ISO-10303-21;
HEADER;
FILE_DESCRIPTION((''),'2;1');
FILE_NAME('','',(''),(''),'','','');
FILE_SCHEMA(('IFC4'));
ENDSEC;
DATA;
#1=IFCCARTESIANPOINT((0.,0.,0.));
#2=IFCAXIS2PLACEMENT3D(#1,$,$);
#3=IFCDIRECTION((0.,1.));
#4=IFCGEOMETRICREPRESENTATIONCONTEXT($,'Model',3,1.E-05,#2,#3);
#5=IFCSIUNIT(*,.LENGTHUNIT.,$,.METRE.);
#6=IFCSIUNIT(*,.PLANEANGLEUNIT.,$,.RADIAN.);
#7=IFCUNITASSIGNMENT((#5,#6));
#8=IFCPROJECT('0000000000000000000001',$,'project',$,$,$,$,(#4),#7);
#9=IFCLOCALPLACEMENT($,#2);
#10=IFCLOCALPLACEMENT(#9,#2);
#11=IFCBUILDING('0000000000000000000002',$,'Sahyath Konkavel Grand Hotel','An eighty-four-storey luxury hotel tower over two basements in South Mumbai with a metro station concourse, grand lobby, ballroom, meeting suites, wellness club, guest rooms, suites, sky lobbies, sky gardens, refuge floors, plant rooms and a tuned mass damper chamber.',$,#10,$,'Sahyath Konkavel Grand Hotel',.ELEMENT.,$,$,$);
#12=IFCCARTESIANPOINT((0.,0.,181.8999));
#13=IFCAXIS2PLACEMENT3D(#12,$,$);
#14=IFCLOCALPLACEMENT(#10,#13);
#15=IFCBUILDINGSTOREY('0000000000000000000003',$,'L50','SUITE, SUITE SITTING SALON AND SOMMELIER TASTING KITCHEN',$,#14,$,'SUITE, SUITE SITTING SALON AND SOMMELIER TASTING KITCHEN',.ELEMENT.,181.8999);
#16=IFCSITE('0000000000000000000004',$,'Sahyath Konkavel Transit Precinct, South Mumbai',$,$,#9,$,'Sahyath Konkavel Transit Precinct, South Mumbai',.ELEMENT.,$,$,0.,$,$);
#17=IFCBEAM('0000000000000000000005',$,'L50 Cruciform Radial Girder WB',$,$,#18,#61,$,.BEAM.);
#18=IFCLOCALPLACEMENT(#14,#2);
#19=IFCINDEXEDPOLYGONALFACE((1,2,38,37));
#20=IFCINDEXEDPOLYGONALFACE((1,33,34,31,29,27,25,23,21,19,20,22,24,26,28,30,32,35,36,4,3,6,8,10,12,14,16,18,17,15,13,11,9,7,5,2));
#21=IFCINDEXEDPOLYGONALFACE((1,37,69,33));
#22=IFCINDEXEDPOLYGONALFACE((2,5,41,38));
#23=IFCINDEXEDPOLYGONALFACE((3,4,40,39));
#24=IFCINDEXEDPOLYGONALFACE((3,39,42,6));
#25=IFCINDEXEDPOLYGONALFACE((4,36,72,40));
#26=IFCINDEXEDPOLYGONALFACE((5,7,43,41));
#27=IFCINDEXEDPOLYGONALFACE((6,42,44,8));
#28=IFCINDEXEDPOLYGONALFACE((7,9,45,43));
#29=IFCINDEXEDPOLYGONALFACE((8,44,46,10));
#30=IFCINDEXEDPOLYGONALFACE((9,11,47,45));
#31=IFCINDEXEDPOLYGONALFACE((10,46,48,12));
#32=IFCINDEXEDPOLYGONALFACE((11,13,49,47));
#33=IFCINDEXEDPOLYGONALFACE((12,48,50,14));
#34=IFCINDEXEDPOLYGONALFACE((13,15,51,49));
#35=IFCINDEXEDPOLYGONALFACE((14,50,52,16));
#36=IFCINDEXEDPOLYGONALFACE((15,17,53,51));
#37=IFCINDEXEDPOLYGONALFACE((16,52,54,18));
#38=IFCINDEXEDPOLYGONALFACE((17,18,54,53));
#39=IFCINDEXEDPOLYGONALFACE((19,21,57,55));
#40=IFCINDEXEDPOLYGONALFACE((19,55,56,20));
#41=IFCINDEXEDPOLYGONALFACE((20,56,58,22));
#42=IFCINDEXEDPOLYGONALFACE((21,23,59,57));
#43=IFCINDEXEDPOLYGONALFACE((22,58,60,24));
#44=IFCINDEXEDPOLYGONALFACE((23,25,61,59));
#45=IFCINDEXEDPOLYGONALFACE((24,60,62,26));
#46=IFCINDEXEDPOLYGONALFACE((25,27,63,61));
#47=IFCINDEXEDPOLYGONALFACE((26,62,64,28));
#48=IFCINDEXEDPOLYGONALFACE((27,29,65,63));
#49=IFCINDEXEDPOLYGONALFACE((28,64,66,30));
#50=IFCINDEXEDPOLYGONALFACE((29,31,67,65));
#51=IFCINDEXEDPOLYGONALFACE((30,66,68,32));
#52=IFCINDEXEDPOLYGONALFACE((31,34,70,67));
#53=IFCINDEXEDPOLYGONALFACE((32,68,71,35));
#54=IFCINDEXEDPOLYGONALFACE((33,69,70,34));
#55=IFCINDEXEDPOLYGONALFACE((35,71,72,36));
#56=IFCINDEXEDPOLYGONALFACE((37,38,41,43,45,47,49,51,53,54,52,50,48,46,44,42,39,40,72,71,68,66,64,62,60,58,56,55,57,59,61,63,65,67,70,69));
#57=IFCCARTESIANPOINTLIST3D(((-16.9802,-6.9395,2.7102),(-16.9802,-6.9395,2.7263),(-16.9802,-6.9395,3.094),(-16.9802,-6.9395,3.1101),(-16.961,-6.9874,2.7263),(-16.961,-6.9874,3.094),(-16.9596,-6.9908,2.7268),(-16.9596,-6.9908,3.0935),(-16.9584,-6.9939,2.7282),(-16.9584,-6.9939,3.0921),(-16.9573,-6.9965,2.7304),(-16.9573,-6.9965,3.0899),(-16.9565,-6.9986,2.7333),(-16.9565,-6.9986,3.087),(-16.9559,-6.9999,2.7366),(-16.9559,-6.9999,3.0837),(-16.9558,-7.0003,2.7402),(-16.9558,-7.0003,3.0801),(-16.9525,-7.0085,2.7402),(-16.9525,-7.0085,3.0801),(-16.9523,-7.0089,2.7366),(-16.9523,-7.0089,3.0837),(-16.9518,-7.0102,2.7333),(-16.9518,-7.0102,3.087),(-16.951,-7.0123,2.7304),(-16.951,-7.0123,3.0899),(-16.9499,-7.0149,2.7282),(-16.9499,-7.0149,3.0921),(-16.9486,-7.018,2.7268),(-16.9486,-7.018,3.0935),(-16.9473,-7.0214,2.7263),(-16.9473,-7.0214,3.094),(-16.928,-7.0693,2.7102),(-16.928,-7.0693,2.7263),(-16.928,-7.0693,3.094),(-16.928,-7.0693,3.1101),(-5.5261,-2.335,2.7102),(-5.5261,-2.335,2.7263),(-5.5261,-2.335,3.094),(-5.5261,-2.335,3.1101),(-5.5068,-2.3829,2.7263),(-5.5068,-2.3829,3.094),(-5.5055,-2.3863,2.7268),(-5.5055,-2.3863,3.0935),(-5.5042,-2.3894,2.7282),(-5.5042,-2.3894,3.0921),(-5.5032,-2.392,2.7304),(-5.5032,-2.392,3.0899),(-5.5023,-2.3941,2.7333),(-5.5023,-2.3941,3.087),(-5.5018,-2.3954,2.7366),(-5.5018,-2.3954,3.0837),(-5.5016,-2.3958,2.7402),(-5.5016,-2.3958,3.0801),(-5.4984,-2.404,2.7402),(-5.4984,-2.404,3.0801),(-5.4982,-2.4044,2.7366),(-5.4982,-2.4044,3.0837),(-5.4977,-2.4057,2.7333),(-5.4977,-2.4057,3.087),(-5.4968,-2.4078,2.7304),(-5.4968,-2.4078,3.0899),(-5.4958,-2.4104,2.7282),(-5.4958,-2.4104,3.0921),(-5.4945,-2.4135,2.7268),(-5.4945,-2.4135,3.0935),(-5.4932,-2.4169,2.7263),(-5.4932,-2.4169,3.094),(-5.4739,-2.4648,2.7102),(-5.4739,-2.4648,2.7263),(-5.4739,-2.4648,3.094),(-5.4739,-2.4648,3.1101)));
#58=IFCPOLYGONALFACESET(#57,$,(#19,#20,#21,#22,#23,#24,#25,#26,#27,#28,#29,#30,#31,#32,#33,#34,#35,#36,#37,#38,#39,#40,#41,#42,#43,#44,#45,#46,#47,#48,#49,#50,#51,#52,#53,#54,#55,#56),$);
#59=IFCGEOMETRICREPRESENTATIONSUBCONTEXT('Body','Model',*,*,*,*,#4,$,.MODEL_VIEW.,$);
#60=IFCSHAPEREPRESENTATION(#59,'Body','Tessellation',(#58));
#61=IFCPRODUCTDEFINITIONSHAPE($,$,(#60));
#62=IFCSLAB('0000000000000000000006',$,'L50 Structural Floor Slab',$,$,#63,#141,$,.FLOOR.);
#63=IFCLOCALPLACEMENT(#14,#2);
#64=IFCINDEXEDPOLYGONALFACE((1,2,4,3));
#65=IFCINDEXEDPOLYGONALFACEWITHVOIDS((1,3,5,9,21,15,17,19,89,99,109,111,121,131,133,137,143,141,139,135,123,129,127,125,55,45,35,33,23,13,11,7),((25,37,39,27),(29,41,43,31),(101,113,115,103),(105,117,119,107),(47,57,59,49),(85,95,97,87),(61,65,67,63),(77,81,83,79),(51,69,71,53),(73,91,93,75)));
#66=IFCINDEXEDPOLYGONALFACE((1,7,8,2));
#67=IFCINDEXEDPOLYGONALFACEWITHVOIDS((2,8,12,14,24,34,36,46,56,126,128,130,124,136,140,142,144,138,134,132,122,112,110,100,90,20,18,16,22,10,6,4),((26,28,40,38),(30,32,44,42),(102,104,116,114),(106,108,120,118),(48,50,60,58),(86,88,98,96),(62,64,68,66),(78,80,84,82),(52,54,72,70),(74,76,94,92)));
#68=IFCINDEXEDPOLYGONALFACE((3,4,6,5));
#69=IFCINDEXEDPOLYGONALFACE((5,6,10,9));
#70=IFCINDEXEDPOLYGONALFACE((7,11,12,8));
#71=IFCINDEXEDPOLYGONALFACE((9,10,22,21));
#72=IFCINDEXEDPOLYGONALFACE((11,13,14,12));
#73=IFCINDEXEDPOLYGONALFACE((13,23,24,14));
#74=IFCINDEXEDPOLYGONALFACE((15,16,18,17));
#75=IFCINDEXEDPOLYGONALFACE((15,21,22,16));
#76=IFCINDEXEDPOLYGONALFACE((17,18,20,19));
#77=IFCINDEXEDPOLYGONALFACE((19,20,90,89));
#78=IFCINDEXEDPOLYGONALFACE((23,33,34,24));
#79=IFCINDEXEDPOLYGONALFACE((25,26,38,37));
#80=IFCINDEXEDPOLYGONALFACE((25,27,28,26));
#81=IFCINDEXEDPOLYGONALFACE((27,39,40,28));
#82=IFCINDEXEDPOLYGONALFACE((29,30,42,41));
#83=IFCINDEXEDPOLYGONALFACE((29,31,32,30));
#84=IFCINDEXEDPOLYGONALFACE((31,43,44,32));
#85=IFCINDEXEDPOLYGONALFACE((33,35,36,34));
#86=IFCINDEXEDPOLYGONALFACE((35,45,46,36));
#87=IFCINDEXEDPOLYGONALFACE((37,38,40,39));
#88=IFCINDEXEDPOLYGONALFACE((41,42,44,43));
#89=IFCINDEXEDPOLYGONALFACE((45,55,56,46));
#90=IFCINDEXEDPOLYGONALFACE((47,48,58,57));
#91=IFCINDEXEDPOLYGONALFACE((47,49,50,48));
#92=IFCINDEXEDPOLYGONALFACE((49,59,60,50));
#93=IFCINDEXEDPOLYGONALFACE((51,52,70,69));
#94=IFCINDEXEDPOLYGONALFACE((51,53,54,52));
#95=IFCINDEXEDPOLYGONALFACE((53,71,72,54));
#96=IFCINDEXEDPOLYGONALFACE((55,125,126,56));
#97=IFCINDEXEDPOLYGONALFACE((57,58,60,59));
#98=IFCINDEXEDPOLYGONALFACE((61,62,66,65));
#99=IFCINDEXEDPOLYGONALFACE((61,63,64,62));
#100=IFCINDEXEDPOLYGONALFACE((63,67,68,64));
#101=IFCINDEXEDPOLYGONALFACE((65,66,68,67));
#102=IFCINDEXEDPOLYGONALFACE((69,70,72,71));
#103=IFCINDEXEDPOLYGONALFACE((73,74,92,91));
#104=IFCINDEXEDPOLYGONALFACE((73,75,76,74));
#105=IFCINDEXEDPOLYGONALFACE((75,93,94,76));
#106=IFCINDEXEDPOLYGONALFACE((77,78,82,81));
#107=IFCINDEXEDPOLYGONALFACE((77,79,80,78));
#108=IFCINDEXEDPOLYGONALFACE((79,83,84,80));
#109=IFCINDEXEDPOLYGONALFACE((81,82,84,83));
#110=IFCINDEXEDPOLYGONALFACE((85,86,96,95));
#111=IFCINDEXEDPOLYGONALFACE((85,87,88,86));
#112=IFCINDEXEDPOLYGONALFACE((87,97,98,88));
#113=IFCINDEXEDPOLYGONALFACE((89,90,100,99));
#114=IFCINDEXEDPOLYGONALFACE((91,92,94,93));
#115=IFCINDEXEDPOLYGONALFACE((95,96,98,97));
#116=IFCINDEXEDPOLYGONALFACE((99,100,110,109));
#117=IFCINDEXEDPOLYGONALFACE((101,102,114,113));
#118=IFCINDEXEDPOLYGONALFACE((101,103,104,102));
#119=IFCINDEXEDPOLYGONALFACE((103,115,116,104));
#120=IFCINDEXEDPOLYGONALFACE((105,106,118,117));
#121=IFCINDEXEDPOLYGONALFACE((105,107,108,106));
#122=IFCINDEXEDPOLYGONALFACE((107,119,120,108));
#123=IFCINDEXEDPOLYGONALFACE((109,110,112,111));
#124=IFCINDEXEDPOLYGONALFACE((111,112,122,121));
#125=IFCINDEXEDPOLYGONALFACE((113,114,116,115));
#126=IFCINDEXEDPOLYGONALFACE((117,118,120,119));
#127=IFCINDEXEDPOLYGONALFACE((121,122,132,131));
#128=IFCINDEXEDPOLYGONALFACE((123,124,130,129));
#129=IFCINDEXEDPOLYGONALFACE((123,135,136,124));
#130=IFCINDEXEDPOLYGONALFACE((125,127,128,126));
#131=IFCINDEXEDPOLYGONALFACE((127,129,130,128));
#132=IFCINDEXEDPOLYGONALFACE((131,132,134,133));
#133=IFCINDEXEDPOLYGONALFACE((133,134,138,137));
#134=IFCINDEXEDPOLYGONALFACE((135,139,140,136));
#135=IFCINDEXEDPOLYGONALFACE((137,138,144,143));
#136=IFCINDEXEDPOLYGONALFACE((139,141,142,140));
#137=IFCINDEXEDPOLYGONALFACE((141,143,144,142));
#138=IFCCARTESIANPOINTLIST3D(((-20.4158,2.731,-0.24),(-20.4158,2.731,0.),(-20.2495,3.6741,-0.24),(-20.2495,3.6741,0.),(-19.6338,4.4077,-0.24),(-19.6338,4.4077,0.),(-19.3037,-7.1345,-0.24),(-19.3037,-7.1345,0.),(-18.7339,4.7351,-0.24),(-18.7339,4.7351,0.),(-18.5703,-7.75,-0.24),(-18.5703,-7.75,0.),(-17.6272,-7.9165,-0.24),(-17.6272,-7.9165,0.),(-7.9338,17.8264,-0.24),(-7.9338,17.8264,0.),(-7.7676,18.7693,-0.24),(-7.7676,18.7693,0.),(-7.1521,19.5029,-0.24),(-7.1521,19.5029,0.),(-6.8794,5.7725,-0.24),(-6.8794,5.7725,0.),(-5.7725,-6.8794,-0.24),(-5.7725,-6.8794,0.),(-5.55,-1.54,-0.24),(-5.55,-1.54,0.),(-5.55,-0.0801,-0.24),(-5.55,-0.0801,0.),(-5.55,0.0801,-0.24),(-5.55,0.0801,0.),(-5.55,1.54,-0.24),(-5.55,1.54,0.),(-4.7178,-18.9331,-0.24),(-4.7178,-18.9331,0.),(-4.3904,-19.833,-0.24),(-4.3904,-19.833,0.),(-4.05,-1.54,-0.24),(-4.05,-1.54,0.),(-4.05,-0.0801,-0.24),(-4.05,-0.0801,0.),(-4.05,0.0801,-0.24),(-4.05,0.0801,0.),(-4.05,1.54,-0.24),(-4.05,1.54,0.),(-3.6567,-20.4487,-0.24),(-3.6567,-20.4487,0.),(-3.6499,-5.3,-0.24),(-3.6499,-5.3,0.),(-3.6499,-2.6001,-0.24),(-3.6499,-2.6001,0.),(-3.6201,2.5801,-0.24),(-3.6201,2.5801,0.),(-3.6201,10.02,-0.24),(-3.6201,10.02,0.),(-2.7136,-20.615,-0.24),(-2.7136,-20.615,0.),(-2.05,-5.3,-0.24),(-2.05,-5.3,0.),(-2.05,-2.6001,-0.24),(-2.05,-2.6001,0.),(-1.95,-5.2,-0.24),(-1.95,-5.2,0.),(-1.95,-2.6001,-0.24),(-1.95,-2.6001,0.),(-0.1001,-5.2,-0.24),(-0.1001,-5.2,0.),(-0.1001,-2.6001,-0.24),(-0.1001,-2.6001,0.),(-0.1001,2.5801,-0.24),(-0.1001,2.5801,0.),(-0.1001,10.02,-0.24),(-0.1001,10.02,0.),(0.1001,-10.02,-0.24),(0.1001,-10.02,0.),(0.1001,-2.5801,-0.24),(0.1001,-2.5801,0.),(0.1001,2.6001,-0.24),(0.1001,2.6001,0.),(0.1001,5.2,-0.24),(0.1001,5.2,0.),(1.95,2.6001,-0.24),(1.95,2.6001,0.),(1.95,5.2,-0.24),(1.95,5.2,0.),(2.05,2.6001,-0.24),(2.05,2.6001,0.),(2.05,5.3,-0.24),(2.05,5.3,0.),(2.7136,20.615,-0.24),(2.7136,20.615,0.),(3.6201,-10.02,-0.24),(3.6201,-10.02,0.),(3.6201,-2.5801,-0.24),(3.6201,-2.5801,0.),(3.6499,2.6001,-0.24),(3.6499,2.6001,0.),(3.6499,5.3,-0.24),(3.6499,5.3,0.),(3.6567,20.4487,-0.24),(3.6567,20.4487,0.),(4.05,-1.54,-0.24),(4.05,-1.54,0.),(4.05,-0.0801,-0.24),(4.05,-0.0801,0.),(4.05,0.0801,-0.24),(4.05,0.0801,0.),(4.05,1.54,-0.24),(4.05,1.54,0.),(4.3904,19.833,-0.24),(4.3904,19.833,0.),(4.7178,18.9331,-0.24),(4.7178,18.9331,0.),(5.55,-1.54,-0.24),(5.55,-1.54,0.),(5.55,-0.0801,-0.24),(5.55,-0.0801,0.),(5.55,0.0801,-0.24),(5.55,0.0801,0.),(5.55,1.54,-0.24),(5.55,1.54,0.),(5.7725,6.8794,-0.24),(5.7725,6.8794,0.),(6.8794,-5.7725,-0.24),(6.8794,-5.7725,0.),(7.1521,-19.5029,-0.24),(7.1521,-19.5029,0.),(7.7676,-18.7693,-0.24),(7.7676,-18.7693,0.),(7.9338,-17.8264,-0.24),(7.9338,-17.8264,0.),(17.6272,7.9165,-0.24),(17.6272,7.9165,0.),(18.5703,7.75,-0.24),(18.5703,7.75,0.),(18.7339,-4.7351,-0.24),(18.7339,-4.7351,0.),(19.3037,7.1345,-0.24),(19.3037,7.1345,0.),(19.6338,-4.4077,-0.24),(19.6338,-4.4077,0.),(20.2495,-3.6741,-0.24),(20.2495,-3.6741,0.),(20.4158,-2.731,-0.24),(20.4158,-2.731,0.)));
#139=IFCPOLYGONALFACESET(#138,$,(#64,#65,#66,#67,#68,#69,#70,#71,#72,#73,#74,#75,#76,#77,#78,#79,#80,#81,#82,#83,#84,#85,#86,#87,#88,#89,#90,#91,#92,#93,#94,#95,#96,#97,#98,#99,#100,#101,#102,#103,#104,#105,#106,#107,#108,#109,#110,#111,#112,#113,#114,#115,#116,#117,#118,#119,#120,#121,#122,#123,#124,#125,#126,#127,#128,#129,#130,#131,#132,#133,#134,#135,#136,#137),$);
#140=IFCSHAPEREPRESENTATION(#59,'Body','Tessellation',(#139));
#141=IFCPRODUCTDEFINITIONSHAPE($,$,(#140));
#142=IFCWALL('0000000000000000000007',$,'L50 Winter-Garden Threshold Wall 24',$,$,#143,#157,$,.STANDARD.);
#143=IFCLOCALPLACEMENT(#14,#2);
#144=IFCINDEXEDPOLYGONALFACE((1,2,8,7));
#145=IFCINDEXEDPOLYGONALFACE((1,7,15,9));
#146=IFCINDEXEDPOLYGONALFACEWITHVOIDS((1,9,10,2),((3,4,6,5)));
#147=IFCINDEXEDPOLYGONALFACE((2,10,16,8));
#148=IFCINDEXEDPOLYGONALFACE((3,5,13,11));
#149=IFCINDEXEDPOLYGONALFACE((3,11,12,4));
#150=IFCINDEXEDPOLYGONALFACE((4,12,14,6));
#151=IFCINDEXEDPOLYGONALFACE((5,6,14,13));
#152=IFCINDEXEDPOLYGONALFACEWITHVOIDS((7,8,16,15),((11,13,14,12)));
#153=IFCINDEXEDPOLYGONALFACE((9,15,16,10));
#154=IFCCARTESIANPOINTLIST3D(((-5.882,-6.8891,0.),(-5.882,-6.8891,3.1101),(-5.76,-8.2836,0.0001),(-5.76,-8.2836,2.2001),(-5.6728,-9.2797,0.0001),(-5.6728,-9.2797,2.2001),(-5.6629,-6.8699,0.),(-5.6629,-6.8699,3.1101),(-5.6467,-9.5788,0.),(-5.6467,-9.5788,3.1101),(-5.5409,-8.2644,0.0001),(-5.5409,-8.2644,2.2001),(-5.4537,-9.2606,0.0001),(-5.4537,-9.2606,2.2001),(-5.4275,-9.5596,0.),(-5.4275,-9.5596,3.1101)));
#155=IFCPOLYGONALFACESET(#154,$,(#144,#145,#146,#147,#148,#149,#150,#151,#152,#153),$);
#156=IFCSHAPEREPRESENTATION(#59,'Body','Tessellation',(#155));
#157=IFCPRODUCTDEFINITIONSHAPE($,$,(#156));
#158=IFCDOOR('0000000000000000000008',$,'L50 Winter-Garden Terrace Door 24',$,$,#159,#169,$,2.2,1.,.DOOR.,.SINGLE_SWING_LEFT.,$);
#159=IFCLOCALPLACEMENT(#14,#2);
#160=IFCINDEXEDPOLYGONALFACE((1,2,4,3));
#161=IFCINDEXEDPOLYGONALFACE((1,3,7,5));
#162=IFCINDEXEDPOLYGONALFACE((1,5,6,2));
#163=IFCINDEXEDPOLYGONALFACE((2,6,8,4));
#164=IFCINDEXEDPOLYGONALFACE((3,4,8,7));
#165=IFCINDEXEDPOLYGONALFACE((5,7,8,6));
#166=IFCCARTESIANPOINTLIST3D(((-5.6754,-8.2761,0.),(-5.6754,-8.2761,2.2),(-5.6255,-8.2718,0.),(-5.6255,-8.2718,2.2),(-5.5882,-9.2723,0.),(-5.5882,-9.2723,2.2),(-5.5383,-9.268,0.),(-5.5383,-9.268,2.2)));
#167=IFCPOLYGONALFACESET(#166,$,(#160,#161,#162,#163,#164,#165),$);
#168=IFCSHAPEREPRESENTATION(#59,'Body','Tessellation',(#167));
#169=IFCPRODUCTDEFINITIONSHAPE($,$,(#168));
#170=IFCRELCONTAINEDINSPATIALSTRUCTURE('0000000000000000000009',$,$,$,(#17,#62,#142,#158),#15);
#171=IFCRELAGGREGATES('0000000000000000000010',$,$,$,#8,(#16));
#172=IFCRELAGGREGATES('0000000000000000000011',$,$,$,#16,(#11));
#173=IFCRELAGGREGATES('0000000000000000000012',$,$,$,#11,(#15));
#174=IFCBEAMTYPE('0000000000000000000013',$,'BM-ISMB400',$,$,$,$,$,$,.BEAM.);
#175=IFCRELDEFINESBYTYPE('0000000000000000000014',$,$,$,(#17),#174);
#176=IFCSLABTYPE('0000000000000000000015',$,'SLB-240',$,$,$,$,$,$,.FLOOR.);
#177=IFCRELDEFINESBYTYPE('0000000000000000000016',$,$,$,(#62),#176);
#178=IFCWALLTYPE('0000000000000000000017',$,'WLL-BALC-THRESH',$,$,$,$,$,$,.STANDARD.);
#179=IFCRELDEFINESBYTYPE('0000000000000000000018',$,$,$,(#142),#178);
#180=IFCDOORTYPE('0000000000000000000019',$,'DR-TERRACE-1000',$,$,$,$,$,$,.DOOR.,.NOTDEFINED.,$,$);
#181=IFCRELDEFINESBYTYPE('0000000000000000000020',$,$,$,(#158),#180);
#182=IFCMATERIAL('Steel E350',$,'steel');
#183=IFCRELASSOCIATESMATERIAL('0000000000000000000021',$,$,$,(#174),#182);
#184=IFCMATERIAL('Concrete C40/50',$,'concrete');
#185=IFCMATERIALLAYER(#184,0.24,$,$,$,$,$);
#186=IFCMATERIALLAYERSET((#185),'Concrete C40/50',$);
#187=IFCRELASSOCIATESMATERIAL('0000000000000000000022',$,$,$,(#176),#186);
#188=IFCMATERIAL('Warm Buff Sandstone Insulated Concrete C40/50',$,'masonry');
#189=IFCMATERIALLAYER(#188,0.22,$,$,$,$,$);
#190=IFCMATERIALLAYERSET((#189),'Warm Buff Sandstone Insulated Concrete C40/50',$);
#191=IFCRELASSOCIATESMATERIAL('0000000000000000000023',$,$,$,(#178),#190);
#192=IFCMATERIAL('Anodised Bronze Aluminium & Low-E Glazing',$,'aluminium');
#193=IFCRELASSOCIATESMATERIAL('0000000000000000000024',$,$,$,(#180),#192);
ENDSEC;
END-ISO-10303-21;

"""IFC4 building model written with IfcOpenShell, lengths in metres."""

from ifc_helpers import new_model, si_unit, direction, frame, frame_2d, origin, origin_2d, place, context, subcontext, project, spatial, polyline, rectangle, i_section, outline, extrude, source, transform, mapped, material, layer, layer_set, material_profile, profile_set, type_object, element, fill, save


model = new_model("IFC4")

# Units and contexts
model_context = context("Model", 3, precision=1e-05, world=origin(), true_north=direction((0.0, 1.0)))
body_context = subcontext(model_context, "Body", "Model", "MODEL_VIEW")
ifc_project = project(units=[si_unit("LENGTHUNIT", "METRE"), si_unit("PLANEANGLEUNIT", "RADIAN")], contexts=[model_context])

# Site, building, storey
site_placement = place(None, origin())
site = spatial("IfcSite", under=ifc_project, at=site_placement, Name="Sahyath Konkavel Transit Precinct, South Mumbai", LongName="Sahyath Konkavel Transit Precinct, South Mumbai", CompositionType="ELEMENT", RefElevation=0.0)
building_placement = place(site_placement, origin())
building = spatial("IfcBuilding", under=site, at=building_placement, Name="Sahyath Konkavel Grand Hotel", Description="An eighty-four-storey luxury hotel tower over two basements in South Mumbai with a metro station concourse, grand lobby, ballroom, meeting suites, wellness club, guest rooms, suites, sky lobbies, sky gardens, refuge floors, plant rooms and a tuned mass damper chamber.", LongName="Sahyath Konkavel Grand Hotel", CompositionType="ELEMENT")
storey_placement = place(building_placement, frame((0.0, 0.0, 181.8999)))
storey = spatial("IfcBuildingStorey", under=building, at=storey_placement, Name="L50", Description="SUITE, SUITE SITTING SALON AND SOMMELIER TASTING KITCHEN", LongName="SUITE, SUITE SITTING SALON AND SOMMELIER TASTING KITCHEN", CompositionType="ELEMENT", Elevation=181.8999)

# Beam
ifc_material_1 = material(Name="Steel E350", Category="steel")
ifc_material_profile_1 = material_profile(ifc_material_1, i_section(OverallWidth=0.1399, OverallDepth=0.3999, WebThickness=0.0088, FlangeThickness=0.0161, FilletRadius=0.0139, at=origin_2d()), Name="ISMB 400")
ifc_profile_set_1 = profile_set([ifc_material_profile_1], Name="Steel E350")
beam_type_1 = type_object("IfcBeamType", Name="BM-ISMB400", PredefinedType="BEAM", material=ifc_profile_set_1)
shared_shape_1 = source(origin(), body_context, "Body", "SweptSolid", [
    extrude(i_section(OverallWidth=0.1399, OverallDepth=0.3999, WebThickness=0.0088, FlangeThickness=0.0161, FilletRadius=0.0139, at=origin_2d()), origin(), (0.0, 0.0, 1.0), 12.345),
])
beam_1_placement = place(storey_placement, frame((-5.5, -2.3999, 2.9102), z_axis=(-0.927837, -0.372986, 0.0), x_axis=(0.372986, -0.927837, 0.0)))
element("IfcBeam", 1, at=beam_1_placement, inside=storey, type_object=beam_type_1, Name="L50 Cruciform Radial Girder WB", PredefinedType="BEAM", context=body_context, shape_type="MappedRepresentation", body=[
    mapped(shared_shape_1, transform((0.0, 0.0, 0.0), scale=1.0)),
])

# Slab
ifc_material_2 = material(Name="Concrete C40/50", Category="concrete")
ifc_layer_1 = layer(ifc_material_2, 0.24)
ifc_layer_set_1 = layer_set([ifc_layer_1], Name="Concrete C40/50")
slab_type = type_object("IfcSlabType", Name="SLB-240", PredefinedType="FLOOR", material=ifc_layer_set_1)
slab_placement = place(storey_placement, frame((0.0, 0.0, -0.24)))
element("IfcSlab", 2, at=slab_placement, inside=storey, type_object=slab_type, Name="L50 Structural Floor Slab", PredefinedType="FLOOR", context=body_context, shape_type="SweptSolid", body=[
    extrude(outline(polyline([(6.8794, -5.7725), (18.7339, -4.7351), (19.6338, -4.4077), (20.2495, -3.6741), (20.4158, -2.731), (19.3037, 7.1345), (18.5703, 7.75), (17.6272, 7.9165), (5.7725, 6.8794), (4.7178, 18.9331), (4.3904, 19.833), (3.6567, 20.4487), (2.7136, 20.615), (-7.1521, 19.5029), (-7.7676, 18.7693), (-7.9338, 17.8264), (-6.8794, 5.7725), (-18.7339, 4.7351), (-19.6338, 4.4077), (-20.2495, 3.6741), (-20.4158, 2.731), (-19.3037, -7.1345), (-18.5703, -7.75), (-17.6272, -7.9165), (-5.7725, -6.8794), (-4.7178, -18.9331), (-4.3904, -19.833), (-3.6567, -20.4487), (-2.7136, -20.615), (7.1521, -19.5029), (7.7676, -18.7693), (7.9338, -17.8264), (6.8794, -5.7725)]), holes=[polyline([(-3.6201, 2.5801), (-0.1001, 2.5801), (-0.1001, 10.02), (-3.6201, 10.02), (-3.6201, 2.5801)]), polyline([(0.1001, -10.02), (3.6201, -10.02), (3.6201, -2.5801), (0.1001, -2.5801), (0.1001, -10.02)]), polyline([(0.1001, 2.6001), (1.95, 2.6001), (1.95, 5.2), (0.1001, 5.2), (0.1001, 2.6001)]), polyline([(-1.95, -5.2), (-0.1001, -5.2), (-0.1001, -2.6001), (-1.95, -2.6001), (-1.95, -5.2)]), polyline([(2.05, 2.6001), (3.6499, 2.6001), (3.6499, 5.3), (2.05, 5.3), (2.05, 2.6001)]), polyline([(-3.6499, -5.3), (-2.05, -5.3), (-2.05, -2.6001), (-3.6499, -2.6001), (-3.6499, -5.3)]), polyline([(4.05, 0.0801), (5.55, 0.0801), (5.55, 1.54), (4.05, 1.54), (4.05, 0.0801)]), polyline([(4.05, -1.54), (5.55, -1.54), (5.55, -0.0801), (4.05, -0.0801), (4.05, -1.54)]), polyline([(-5.55, 0.0801), (-4.05, 0.0801), (-4.05, 1.54), (-5.55, 1.54), (-5.55, 0.0801)]), polyline([(-5.55, -1.54), (-4.05, -1.54), (-4.05, -0.0801), (-5.55, -0.0801), (-5.55, -1.54)])]), origin(), (0.0, 0.0, 1.0), 0.24),
])

# Wall, opening, door
ifc_material_3 = material(Name="Warm Buff Sandstone Insulated Concrete C40/50", Category="masonry")
ifc_layer_2 = layer(ifc_material_3, 0.22)
ifc_layer_set_2 = layer_set([ifc_layer_2], Name="Warm Buff Sandstone Insulated Concrete C40/50")
wall_type_1 = type_object("IfcWallType", Name="WLL-BALC-THRESH", PredefinedType="STANDARD", material=ifc_layer_set_2)
wall_1_placement = place(storey_placement, frame((-5.7725, -6.8794, 0.0), z_axis=(0.0, 0.0, 1.0), x_axis=(0.087168, -0.996194, 0.0)))
wall_1 = element("IfcWall", 3, at=wall_1_placement, inside=storey, type_object=wall_type_1, Name="L50 Winter-Garden Threshold Wall 24", PredefinedType="STANDARD", context=body_context, shape_type="SweptSolid", body=[
    extrude(rectangle(XDim=2.7, YDim=0.22, at=frame_2d((1.3501, 0.0))), origin(), (0.0, 0.0, 1.0), 3.1101),
])
opening_1_placement = place(wall_1_placement, frame((1.3999, 0.0, 0.0)))
opening_1 = element("IfcOpeningElement", 4, at=opening_1_placement, cuts=wall_1, PredefinedType="OPENING", context=body_context, shape_type="SweptSolid", body=[
    extrude(rectangle(XDim=1.0, YDim=2.2, at=frame_2d((0.5, 1.1001))), frame((0.0, 0.1201, 0.0), z_axis=(0.0, -1.0, 0.0), x_axis=(1.0, 0.0, 0.0)), (0.0, 0.0, 1.0), 0.24),
])
ifc_material_4 = material(Name="Anodised Bronze Aluminium & Low-E Glazing", Category="aluminium")
door_type_1 = type_object("IfcDoorType", Name="DR-TERRACE-1000", OperationType="NOTDEFINED", PredefinedType="DOOR", material=ifc_material_4)
shared_shape_2 = source(origin(), body_context, "Body", "SweptSolid", [
    extrude(rectangle(XDim=1.0, YDim=0.05, at=origin_2d()), origin(), (0.0, 0.0, 1.0), 2.2),
])
door_1_placement = place(opening_1_placement, frame((0.5, 0.0, 0.0)))
door_1 = element("IfcDoor", 5, at=door_1_placement, inside=storey, type_object=door_type_1, Name="L50 Winter-Garden Terrace Door 24", OperationType="SINGLE_SWING_LEFT", OverallHeight=2.2, OverallWidth=1.0, PredefinedType="DOOR", context=body_context, shape_type="MappedRepresentation", body=[
    mapped(shared_shape_2, transform((0.0, 0.0, 0.0), scale=1.0)),
])
fill(opening_1, door_1)

save(model, "model.ifc")
